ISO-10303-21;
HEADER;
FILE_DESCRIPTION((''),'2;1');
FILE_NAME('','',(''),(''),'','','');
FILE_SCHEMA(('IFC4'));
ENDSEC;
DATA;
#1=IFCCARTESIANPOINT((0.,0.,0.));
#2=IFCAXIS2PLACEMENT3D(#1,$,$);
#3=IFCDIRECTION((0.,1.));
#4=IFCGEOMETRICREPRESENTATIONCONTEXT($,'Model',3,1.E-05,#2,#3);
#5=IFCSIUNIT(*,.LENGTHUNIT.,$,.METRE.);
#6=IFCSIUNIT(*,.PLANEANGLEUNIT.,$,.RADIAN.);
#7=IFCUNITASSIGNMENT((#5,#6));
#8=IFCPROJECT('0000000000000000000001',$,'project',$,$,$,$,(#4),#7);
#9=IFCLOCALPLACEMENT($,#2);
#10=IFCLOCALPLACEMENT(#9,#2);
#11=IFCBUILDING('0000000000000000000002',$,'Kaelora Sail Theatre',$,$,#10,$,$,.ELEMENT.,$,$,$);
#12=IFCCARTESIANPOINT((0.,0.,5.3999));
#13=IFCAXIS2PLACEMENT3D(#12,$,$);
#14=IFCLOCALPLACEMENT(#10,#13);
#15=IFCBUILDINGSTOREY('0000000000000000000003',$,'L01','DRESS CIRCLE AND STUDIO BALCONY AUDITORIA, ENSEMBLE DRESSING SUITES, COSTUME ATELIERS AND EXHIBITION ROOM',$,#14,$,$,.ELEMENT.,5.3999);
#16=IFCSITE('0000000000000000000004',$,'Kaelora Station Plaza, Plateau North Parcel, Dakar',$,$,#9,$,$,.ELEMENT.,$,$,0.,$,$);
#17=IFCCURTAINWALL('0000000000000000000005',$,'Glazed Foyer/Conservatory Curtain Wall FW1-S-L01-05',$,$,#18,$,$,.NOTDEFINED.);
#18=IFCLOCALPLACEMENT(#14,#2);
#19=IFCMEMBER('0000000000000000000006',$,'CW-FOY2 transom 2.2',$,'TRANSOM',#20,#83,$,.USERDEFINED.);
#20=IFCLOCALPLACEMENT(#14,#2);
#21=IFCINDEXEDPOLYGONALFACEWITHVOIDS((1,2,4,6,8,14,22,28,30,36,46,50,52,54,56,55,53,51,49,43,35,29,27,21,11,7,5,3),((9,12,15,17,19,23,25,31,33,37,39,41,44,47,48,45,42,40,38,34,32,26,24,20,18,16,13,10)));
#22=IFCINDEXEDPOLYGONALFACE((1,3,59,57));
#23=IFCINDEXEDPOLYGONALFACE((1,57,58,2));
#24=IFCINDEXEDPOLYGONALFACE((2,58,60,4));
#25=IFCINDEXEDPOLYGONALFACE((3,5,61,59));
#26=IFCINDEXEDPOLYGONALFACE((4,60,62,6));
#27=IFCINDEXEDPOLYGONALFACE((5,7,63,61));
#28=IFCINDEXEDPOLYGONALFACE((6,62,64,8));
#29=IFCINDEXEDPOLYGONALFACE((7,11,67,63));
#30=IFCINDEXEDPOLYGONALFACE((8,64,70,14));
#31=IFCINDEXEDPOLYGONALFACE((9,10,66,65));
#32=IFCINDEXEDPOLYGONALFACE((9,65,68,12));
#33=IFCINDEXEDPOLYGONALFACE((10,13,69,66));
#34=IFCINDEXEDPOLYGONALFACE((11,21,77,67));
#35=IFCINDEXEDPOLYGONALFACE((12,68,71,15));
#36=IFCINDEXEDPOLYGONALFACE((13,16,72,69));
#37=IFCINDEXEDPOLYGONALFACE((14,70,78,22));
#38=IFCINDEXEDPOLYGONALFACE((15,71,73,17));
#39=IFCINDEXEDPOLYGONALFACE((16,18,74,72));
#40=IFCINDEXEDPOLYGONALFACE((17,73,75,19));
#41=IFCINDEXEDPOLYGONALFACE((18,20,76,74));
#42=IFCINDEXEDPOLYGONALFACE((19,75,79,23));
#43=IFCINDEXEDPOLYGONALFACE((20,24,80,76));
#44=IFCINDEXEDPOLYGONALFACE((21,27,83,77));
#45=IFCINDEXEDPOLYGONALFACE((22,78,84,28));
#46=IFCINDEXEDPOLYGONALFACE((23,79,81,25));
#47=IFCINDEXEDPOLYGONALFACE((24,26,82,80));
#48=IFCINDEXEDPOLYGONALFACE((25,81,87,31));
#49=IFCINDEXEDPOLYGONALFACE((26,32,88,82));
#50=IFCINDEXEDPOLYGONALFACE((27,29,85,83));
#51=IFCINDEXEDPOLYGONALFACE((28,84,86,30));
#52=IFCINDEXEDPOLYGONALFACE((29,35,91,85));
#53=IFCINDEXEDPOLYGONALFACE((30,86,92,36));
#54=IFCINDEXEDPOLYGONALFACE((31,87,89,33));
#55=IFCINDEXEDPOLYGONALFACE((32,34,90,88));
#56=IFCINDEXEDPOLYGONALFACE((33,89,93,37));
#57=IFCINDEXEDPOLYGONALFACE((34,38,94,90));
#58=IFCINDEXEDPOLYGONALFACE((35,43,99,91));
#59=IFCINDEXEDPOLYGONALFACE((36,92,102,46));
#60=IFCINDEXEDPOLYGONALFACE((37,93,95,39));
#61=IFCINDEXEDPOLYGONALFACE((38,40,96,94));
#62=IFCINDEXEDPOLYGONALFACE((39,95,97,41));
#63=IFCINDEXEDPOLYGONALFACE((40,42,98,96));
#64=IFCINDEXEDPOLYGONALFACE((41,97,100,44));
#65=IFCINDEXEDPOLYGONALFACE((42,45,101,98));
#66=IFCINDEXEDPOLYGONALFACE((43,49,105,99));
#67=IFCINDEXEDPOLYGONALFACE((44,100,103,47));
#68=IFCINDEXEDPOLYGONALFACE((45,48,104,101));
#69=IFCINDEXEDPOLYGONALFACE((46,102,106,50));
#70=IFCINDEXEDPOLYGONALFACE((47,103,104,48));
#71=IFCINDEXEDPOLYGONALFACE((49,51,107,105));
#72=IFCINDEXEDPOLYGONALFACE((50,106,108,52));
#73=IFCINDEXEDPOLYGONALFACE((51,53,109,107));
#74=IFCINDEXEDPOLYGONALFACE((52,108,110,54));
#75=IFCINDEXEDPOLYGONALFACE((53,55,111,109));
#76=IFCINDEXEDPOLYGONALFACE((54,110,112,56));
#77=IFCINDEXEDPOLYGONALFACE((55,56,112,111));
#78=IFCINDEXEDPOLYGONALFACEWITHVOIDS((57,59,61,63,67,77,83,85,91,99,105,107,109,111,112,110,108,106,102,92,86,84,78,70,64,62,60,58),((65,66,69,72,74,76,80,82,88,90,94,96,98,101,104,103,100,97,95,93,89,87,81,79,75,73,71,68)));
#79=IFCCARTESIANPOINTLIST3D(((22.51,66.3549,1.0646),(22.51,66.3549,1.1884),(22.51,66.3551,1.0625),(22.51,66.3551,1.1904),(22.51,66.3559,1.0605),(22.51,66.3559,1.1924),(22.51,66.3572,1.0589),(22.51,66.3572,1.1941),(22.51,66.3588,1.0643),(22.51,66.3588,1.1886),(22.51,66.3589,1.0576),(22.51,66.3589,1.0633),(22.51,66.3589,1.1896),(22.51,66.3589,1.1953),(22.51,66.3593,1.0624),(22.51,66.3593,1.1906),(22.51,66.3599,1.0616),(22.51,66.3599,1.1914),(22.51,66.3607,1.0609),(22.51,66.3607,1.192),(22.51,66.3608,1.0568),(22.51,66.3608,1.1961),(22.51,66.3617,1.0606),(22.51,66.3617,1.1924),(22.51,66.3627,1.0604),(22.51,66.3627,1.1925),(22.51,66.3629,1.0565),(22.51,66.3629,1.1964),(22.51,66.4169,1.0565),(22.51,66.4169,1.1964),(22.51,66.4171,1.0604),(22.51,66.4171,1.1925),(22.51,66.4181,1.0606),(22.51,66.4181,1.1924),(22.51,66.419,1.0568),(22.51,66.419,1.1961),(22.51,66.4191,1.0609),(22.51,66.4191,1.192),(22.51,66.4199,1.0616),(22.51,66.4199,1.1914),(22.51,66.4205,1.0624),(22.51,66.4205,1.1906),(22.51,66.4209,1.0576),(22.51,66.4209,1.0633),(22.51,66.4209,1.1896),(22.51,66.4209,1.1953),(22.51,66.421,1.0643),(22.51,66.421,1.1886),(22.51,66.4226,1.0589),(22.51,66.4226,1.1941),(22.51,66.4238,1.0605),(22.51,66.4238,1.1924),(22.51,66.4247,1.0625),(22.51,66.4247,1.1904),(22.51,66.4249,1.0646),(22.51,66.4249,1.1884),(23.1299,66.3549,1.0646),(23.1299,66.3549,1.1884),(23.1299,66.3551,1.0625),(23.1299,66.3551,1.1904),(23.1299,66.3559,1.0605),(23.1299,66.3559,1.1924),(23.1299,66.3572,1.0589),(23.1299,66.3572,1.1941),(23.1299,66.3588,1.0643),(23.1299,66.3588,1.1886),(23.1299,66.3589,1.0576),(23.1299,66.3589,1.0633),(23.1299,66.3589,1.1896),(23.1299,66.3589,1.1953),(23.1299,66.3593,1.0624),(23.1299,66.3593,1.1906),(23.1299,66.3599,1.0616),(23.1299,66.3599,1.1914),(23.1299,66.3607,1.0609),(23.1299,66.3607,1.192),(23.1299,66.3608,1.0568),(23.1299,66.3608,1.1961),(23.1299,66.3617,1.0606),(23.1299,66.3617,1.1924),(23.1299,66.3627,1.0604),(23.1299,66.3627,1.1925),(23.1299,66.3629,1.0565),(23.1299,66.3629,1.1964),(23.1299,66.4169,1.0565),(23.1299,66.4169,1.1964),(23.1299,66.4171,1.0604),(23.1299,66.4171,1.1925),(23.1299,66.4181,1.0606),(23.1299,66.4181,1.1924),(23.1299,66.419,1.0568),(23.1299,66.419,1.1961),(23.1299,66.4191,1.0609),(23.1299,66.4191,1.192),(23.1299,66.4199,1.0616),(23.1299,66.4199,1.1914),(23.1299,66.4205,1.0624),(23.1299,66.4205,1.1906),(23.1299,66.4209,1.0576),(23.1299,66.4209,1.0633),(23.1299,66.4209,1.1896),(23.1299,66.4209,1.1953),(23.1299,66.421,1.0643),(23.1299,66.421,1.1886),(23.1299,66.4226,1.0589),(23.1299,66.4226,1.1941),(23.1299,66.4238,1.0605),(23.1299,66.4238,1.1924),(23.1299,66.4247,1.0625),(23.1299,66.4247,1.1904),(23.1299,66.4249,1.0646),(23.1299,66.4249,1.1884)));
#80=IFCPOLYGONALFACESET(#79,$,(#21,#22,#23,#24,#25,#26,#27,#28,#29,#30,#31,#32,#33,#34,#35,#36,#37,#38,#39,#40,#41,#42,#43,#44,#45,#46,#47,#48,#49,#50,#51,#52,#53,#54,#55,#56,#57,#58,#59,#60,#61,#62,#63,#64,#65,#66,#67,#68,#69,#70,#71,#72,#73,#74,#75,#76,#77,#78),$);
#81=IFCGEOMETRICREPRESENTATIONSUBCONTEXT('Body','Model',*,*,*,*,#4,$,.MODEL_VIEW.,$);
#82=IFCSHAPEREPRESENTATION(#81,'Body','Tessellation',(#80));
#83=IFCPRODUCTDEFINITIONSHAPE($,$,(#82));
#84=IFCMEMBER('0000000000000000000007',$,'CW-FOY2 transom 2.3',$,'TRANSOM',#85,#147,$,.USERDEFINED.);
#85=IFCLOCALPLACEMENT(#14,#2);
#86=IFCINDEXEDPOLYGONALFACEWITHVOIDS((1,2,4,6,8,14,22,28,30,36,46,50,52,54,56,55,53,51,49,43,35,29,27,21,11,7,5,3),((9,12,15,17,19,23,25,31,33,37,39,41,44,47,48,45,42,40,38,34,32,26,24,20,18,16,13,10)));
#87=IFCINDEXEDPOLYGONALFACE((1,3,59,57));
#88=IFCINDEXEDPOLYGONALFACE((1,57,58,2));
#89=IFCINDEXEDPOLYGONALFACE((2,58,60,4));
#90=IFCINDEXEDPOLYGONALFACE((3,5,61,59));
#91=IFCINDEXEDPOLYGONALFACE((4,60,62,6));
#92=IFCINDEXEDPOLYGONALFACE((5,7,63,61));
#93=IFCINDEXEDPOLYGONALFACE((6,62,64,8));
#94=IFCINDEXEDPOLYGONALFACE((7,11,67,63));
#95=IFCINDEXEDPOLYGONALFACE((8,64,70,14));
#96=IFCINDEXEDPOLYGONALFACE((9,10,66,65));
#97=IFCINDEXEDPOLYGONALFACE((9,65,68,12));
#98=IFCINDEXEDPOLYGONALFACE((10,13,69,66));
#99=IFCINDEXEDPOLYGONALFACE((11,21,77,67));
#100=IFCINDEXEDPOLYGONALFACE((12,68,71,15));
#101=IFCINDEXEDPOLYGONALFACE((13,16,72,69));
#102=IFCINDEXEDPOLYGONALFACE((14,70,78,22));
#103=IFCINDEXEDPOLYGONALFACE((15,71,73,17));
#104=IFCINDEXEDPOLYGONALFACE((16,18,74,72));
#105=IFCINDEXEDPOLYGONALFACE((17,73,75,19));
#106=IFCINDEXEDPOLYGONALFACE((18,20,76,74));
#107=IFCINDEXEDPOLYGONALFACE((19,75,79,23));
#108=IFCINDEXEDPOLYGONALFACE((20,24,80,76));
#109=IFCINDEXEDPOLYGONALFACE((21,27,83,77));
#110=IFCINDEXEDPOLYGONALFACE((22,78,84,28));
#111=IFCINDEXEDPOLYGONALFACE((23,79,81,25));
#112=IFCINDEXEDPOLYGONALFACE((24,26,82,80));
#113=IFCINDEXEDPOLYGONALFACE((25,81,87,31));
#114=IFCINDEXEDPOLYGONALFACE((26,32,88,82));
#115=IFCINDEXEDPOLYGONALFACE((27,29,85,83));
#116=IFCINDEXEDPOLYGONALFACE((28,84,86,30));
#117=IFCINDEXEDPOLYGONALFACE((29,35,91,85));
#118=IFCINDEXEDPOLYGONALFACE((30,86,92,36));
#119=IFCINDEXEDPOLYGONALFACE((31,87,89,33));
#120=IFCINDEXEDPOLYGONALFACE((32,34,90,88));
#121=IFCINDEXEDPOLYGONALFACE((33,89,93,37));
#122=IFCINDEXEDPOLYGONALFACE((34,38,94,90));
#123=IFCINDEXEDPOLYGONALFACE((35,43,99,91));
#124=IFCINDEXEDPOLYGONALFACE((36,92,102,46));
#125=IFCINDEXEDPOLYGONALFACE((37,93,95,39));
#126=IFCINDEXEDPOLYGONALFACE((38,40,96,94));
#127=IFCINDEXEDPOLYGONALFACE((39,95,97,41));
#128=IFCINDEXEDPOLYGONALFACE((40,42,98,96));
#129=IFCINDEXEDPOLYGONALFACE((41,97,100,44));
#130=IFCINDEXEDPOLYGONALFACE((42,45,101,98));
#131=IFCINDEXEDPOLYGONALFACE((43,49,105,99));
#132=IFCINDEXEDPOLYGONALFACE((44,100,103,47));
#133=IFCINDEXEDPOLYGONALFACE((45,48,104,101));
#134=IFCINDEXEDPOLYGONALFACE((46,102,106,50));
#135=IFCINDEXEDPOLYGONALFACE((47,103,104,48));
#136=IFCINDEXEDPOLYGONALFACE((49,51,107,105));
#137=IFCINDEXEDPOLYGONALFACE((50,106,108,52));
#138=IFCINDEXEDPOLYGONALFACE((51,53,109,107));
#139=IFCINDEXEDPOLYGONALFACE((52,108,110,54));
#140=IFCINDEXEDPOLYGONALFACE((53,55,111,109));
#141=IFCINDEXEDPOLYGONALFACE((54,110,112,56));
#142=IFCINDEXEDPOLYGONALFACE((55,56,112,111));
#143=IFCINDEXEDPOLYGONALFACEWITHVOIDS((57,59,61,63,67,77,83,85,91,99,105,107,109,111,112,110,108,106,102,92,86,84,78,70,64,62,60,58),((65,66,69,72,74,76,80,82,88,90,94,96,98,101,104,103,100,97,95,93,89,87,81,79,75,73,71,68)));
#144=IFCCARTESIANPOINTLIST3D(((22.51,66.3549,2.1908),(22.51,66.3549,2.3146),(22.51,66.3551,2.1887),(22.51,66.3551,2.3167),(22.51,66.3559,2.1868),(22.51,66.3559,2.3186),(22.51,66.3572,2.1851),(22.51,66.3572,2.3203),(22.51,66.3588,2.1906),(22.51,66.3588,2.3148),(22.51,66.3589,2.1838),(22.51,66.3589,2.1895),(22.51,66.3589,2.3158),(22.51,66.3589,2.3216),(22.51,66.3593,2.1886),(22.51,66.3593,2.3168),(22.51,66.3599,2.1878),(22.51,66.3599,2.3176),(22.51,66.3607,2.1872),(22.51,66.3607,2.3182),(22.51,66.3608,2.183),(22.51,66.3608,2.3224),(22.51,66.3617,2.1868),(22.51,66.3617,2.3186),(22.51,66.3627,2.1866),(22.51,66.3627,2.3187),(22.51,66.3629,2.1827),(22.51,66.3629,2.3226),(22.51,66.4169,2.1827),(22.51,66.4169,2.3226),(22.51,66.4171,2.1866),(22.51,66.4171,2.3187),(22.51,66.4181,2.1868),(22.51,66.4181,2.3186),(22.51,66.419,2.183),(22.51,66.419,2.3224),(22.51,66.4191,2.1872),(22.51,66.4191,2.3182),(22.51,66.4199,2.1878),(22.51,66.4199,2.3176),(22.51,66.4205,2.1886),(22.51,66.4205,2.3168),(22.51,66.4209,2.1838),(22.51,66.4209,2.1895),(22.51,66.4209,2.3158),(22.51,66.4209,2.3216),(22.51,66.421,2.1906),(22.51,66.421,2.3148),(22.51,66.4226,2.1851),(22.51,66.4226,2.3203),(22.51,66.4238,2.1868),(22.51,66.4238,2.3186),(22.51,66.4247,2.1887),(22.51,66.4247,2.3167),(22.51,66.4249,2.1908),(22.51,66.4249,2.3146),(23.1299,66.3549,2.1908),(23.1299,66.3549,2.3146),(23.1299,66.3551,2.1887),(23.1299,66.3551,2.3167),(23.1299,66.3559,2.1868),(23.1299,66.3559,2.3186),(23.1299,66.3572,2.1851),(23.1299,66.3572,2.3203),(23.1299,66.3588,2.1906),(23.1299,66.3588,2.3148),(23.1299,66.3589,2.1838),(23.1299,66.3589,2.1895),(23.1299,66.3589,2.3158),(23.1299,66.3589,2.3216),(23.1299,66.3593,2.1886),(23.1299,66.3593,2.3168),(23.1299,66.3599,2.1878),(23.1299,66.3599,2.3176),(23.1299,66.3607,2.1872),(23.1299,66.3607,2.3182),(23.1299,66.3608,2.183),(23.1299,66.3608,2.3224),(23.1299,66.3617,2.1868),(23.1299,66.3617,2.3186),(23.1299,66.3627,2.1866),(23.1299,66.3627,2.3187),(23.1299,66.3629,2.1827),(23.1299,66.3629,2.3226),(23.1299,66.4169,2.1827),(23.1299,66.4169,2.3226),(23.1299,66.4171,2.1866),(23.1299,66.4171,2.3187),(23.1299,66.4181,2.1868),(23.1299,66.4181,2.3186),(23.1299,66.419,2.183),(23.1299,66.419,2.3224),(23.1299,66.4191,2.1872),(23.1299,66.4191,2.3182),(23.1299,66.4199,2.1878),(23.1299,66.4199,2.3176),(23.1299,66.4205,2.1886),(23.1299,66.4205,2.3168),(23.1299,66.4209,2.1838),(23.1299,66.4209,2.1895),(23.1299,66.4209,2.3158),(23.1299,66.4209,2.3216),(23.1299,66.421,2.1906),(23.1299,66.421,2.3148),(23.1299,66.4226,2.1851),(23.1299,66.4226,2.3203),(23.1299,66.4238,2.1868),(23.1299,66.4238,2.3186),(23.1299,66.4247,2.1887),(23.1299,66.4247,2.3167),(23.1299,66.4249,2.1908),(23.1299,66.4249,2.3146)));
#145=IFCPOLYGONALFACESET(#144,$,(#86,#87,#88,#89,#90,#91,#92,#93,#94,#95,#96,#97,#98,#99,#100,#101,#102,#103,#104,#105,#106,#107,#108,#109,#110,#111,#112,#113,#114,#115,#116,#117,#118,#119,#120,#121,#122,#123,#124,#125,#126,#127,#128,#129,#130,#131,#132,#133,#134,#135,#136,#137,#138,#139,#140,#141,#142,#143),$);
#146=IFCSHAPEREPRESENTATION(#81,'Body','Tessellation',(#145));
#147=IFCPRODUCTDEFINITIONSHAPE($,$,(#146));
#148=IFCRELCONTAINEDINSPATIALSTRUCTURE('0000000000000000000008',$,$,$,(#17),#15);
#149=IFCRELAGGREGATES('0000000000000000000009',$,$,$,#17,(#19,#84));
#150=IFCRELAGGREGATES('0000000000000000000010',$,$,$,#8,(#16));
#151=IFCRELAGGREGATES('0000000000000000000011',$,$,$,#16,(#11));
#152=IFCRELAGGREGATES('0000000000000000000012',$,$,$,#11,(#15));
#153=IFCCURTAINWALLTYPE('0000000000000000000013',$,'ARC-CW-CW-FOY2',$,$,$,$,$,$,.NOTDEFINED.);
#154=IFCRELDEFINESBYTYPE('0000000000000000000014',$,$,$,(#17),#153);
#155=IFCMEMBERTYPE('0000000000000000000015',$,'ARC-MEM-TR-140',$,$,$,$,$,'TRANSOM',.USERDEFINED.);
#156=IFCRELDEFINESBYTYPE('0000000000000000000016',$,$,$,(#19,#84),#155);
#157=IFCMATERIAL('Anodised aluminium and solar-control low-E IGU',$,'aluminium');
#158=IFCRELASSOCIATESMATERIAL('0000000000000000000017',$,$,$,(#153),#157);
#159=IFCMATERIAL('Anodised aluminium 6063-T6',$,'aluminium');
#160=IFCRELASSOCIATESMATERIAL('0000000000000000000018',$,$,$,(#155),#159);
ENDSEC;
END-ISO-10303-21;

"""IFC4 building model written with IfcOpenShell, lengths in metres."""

from ifc_helpers import new_model, si_unit, direction, frame, origin, origin_2d, place, context, subcontext, project, spatial, hollow_rectangle, extrude, material, material_profile, profile_set, type_object, element, aggregate, save


model = new_model("IFC4")

# Units and contexts
model_context = context("Model", 3, precision=1e-05, world=origin(), true_north=direction((0.0, 1.0)))
body_context = subcontext(model_context, "Body", "Model", "MODEL_VIEW")
ifc_project = project(units=[si_unit("LENGTHUNIT", "METRE"), si_unit("PLANEANGLEUNIT", "RADIAN")], contexts=[model_context])

# Site, building, storey
site_placement = place(None, origin())
site = spatial("IfcSite", under=ifc_project, at=site_placement, Name="Kaelora Station Plaza, Plateau North Parcel, Dakar", CompositionType="ELEMENT", RefElevation=0.0)
building_placement = place(site_placement, origin())
building = spatial("IfcBuilding", under=site, at=building_placement, Name="Kaelora Sail Theatre", CompositionType="ELEMENT")
storey_placement = place(building_placement, frame((0.0, 0.0, 5.3999)))
storey = spatial("IfcBuildingStorey", under=building, at=storey_placement, Name="L01", Description="DRESS CIRCLE AND STUDIO BALCONY AUDITORIA, ENSEMBLE DRESSING SUITES, COSTUME ATELIERS AND EXHIBITION ROOM", CompositionType="ELEMENT", Elevation=5.3999)

# Curtain wall, members
ifc_material_1 = material(Name="Anodised aluminium and solar-control low-E IGU", Category="aluminium")
curtain_wall_type = type_object("IfcCurtainWallType", Name="ARC-CW-CW-FOY2", PredefinedType="NOTDEFINED", material=ifc_material_1)
curtain_wall_placement = place(storey_placement, origin())
curtain_wall = element("IfcCurtainWall", 1, at=curtain_wall_placement, inside=storey, type_object=curtain_wall_type, Name="Glazed Foyer/Conservatory Curtain Wall FW1-S-L01-05", PredefinedType="NOTDEFINED")
ifc_material_2 = material(Name="Anodised aluminium 6063-T6", Category="aluminium")
ifc_material_profile_1 = material_profile(ifc_material_2, hollow_rectangle(XDim=0.0701, YDim=0.1399, WallThickness=0.0039, InnerFilletRadius=0.0039, OuterFilletRadius=0.0081, at=origin_2d()), Name="ALU-TRAN 70x140x4")
ifc_profile_set_1 = profile_set([ifc_material_profile_1], Name="Anodised aluminium 6063-T6")
member_type_1 = type_object("IfcMemberType", Name="ARC-MEM-TR-140", ElementType="TRANSOM", PredefinedType="USERDEFINED", material=ifc_profile_set_1)
member_1_placement = place(storey_placement, frame((22.51, 66.3899, 1.1265), z_axis=(1.0, 0.0, 0.0), x_axis=(0.0, 1.0, 0.0)))
member_1 = element("IfcMember", 2, at=member_1_placement, type_object=member_type_1, Name="CW-FOY2 transom 2.2", ObjectType="TRANSOM", PredefinedType="USERDEFINED", context=body_context, shape_type="SweptSolid", body=[
    extrude(hollow_rectangle(XDim=0.0701, YDim=0.1399, WallThickness=0.0039, InnerFilletRadius=0.0039, OuterFilletRadius=0.0081, at=origin_2d()), origin(), (0.0, 0.0, 1.0), 0.6199),
])
member_2_placement = place(storey_placement, frame((22.51, 66.3899, 2.2527), z_axis=(1.0, 0.0, 0.0), x_axis=(0.0, 1.0, 0.0)))
member_2 = element("IfcMember", 3, at=member_2_placement, type_object=member_type_1, Name="CW-FOY2 transom 2.3", ObjectType="TRANSOM", PredefinedType="USERDEFINED", context=body_context, shape_type="SweptSolid", body=[
    extrude(hollow_rectangle(XDim=0.0701, YDim=0.1399, WallThickness=0.0039, InnerFilletRadius=0.0039, OuterFilletRadius=0.0081, at=origin_2d()), origin(), (0.0, 0.0, 1.0), 0.6199),
])
aggregate(curtain_wall, [member_1, member_2])

save(model, "model.ifc")
